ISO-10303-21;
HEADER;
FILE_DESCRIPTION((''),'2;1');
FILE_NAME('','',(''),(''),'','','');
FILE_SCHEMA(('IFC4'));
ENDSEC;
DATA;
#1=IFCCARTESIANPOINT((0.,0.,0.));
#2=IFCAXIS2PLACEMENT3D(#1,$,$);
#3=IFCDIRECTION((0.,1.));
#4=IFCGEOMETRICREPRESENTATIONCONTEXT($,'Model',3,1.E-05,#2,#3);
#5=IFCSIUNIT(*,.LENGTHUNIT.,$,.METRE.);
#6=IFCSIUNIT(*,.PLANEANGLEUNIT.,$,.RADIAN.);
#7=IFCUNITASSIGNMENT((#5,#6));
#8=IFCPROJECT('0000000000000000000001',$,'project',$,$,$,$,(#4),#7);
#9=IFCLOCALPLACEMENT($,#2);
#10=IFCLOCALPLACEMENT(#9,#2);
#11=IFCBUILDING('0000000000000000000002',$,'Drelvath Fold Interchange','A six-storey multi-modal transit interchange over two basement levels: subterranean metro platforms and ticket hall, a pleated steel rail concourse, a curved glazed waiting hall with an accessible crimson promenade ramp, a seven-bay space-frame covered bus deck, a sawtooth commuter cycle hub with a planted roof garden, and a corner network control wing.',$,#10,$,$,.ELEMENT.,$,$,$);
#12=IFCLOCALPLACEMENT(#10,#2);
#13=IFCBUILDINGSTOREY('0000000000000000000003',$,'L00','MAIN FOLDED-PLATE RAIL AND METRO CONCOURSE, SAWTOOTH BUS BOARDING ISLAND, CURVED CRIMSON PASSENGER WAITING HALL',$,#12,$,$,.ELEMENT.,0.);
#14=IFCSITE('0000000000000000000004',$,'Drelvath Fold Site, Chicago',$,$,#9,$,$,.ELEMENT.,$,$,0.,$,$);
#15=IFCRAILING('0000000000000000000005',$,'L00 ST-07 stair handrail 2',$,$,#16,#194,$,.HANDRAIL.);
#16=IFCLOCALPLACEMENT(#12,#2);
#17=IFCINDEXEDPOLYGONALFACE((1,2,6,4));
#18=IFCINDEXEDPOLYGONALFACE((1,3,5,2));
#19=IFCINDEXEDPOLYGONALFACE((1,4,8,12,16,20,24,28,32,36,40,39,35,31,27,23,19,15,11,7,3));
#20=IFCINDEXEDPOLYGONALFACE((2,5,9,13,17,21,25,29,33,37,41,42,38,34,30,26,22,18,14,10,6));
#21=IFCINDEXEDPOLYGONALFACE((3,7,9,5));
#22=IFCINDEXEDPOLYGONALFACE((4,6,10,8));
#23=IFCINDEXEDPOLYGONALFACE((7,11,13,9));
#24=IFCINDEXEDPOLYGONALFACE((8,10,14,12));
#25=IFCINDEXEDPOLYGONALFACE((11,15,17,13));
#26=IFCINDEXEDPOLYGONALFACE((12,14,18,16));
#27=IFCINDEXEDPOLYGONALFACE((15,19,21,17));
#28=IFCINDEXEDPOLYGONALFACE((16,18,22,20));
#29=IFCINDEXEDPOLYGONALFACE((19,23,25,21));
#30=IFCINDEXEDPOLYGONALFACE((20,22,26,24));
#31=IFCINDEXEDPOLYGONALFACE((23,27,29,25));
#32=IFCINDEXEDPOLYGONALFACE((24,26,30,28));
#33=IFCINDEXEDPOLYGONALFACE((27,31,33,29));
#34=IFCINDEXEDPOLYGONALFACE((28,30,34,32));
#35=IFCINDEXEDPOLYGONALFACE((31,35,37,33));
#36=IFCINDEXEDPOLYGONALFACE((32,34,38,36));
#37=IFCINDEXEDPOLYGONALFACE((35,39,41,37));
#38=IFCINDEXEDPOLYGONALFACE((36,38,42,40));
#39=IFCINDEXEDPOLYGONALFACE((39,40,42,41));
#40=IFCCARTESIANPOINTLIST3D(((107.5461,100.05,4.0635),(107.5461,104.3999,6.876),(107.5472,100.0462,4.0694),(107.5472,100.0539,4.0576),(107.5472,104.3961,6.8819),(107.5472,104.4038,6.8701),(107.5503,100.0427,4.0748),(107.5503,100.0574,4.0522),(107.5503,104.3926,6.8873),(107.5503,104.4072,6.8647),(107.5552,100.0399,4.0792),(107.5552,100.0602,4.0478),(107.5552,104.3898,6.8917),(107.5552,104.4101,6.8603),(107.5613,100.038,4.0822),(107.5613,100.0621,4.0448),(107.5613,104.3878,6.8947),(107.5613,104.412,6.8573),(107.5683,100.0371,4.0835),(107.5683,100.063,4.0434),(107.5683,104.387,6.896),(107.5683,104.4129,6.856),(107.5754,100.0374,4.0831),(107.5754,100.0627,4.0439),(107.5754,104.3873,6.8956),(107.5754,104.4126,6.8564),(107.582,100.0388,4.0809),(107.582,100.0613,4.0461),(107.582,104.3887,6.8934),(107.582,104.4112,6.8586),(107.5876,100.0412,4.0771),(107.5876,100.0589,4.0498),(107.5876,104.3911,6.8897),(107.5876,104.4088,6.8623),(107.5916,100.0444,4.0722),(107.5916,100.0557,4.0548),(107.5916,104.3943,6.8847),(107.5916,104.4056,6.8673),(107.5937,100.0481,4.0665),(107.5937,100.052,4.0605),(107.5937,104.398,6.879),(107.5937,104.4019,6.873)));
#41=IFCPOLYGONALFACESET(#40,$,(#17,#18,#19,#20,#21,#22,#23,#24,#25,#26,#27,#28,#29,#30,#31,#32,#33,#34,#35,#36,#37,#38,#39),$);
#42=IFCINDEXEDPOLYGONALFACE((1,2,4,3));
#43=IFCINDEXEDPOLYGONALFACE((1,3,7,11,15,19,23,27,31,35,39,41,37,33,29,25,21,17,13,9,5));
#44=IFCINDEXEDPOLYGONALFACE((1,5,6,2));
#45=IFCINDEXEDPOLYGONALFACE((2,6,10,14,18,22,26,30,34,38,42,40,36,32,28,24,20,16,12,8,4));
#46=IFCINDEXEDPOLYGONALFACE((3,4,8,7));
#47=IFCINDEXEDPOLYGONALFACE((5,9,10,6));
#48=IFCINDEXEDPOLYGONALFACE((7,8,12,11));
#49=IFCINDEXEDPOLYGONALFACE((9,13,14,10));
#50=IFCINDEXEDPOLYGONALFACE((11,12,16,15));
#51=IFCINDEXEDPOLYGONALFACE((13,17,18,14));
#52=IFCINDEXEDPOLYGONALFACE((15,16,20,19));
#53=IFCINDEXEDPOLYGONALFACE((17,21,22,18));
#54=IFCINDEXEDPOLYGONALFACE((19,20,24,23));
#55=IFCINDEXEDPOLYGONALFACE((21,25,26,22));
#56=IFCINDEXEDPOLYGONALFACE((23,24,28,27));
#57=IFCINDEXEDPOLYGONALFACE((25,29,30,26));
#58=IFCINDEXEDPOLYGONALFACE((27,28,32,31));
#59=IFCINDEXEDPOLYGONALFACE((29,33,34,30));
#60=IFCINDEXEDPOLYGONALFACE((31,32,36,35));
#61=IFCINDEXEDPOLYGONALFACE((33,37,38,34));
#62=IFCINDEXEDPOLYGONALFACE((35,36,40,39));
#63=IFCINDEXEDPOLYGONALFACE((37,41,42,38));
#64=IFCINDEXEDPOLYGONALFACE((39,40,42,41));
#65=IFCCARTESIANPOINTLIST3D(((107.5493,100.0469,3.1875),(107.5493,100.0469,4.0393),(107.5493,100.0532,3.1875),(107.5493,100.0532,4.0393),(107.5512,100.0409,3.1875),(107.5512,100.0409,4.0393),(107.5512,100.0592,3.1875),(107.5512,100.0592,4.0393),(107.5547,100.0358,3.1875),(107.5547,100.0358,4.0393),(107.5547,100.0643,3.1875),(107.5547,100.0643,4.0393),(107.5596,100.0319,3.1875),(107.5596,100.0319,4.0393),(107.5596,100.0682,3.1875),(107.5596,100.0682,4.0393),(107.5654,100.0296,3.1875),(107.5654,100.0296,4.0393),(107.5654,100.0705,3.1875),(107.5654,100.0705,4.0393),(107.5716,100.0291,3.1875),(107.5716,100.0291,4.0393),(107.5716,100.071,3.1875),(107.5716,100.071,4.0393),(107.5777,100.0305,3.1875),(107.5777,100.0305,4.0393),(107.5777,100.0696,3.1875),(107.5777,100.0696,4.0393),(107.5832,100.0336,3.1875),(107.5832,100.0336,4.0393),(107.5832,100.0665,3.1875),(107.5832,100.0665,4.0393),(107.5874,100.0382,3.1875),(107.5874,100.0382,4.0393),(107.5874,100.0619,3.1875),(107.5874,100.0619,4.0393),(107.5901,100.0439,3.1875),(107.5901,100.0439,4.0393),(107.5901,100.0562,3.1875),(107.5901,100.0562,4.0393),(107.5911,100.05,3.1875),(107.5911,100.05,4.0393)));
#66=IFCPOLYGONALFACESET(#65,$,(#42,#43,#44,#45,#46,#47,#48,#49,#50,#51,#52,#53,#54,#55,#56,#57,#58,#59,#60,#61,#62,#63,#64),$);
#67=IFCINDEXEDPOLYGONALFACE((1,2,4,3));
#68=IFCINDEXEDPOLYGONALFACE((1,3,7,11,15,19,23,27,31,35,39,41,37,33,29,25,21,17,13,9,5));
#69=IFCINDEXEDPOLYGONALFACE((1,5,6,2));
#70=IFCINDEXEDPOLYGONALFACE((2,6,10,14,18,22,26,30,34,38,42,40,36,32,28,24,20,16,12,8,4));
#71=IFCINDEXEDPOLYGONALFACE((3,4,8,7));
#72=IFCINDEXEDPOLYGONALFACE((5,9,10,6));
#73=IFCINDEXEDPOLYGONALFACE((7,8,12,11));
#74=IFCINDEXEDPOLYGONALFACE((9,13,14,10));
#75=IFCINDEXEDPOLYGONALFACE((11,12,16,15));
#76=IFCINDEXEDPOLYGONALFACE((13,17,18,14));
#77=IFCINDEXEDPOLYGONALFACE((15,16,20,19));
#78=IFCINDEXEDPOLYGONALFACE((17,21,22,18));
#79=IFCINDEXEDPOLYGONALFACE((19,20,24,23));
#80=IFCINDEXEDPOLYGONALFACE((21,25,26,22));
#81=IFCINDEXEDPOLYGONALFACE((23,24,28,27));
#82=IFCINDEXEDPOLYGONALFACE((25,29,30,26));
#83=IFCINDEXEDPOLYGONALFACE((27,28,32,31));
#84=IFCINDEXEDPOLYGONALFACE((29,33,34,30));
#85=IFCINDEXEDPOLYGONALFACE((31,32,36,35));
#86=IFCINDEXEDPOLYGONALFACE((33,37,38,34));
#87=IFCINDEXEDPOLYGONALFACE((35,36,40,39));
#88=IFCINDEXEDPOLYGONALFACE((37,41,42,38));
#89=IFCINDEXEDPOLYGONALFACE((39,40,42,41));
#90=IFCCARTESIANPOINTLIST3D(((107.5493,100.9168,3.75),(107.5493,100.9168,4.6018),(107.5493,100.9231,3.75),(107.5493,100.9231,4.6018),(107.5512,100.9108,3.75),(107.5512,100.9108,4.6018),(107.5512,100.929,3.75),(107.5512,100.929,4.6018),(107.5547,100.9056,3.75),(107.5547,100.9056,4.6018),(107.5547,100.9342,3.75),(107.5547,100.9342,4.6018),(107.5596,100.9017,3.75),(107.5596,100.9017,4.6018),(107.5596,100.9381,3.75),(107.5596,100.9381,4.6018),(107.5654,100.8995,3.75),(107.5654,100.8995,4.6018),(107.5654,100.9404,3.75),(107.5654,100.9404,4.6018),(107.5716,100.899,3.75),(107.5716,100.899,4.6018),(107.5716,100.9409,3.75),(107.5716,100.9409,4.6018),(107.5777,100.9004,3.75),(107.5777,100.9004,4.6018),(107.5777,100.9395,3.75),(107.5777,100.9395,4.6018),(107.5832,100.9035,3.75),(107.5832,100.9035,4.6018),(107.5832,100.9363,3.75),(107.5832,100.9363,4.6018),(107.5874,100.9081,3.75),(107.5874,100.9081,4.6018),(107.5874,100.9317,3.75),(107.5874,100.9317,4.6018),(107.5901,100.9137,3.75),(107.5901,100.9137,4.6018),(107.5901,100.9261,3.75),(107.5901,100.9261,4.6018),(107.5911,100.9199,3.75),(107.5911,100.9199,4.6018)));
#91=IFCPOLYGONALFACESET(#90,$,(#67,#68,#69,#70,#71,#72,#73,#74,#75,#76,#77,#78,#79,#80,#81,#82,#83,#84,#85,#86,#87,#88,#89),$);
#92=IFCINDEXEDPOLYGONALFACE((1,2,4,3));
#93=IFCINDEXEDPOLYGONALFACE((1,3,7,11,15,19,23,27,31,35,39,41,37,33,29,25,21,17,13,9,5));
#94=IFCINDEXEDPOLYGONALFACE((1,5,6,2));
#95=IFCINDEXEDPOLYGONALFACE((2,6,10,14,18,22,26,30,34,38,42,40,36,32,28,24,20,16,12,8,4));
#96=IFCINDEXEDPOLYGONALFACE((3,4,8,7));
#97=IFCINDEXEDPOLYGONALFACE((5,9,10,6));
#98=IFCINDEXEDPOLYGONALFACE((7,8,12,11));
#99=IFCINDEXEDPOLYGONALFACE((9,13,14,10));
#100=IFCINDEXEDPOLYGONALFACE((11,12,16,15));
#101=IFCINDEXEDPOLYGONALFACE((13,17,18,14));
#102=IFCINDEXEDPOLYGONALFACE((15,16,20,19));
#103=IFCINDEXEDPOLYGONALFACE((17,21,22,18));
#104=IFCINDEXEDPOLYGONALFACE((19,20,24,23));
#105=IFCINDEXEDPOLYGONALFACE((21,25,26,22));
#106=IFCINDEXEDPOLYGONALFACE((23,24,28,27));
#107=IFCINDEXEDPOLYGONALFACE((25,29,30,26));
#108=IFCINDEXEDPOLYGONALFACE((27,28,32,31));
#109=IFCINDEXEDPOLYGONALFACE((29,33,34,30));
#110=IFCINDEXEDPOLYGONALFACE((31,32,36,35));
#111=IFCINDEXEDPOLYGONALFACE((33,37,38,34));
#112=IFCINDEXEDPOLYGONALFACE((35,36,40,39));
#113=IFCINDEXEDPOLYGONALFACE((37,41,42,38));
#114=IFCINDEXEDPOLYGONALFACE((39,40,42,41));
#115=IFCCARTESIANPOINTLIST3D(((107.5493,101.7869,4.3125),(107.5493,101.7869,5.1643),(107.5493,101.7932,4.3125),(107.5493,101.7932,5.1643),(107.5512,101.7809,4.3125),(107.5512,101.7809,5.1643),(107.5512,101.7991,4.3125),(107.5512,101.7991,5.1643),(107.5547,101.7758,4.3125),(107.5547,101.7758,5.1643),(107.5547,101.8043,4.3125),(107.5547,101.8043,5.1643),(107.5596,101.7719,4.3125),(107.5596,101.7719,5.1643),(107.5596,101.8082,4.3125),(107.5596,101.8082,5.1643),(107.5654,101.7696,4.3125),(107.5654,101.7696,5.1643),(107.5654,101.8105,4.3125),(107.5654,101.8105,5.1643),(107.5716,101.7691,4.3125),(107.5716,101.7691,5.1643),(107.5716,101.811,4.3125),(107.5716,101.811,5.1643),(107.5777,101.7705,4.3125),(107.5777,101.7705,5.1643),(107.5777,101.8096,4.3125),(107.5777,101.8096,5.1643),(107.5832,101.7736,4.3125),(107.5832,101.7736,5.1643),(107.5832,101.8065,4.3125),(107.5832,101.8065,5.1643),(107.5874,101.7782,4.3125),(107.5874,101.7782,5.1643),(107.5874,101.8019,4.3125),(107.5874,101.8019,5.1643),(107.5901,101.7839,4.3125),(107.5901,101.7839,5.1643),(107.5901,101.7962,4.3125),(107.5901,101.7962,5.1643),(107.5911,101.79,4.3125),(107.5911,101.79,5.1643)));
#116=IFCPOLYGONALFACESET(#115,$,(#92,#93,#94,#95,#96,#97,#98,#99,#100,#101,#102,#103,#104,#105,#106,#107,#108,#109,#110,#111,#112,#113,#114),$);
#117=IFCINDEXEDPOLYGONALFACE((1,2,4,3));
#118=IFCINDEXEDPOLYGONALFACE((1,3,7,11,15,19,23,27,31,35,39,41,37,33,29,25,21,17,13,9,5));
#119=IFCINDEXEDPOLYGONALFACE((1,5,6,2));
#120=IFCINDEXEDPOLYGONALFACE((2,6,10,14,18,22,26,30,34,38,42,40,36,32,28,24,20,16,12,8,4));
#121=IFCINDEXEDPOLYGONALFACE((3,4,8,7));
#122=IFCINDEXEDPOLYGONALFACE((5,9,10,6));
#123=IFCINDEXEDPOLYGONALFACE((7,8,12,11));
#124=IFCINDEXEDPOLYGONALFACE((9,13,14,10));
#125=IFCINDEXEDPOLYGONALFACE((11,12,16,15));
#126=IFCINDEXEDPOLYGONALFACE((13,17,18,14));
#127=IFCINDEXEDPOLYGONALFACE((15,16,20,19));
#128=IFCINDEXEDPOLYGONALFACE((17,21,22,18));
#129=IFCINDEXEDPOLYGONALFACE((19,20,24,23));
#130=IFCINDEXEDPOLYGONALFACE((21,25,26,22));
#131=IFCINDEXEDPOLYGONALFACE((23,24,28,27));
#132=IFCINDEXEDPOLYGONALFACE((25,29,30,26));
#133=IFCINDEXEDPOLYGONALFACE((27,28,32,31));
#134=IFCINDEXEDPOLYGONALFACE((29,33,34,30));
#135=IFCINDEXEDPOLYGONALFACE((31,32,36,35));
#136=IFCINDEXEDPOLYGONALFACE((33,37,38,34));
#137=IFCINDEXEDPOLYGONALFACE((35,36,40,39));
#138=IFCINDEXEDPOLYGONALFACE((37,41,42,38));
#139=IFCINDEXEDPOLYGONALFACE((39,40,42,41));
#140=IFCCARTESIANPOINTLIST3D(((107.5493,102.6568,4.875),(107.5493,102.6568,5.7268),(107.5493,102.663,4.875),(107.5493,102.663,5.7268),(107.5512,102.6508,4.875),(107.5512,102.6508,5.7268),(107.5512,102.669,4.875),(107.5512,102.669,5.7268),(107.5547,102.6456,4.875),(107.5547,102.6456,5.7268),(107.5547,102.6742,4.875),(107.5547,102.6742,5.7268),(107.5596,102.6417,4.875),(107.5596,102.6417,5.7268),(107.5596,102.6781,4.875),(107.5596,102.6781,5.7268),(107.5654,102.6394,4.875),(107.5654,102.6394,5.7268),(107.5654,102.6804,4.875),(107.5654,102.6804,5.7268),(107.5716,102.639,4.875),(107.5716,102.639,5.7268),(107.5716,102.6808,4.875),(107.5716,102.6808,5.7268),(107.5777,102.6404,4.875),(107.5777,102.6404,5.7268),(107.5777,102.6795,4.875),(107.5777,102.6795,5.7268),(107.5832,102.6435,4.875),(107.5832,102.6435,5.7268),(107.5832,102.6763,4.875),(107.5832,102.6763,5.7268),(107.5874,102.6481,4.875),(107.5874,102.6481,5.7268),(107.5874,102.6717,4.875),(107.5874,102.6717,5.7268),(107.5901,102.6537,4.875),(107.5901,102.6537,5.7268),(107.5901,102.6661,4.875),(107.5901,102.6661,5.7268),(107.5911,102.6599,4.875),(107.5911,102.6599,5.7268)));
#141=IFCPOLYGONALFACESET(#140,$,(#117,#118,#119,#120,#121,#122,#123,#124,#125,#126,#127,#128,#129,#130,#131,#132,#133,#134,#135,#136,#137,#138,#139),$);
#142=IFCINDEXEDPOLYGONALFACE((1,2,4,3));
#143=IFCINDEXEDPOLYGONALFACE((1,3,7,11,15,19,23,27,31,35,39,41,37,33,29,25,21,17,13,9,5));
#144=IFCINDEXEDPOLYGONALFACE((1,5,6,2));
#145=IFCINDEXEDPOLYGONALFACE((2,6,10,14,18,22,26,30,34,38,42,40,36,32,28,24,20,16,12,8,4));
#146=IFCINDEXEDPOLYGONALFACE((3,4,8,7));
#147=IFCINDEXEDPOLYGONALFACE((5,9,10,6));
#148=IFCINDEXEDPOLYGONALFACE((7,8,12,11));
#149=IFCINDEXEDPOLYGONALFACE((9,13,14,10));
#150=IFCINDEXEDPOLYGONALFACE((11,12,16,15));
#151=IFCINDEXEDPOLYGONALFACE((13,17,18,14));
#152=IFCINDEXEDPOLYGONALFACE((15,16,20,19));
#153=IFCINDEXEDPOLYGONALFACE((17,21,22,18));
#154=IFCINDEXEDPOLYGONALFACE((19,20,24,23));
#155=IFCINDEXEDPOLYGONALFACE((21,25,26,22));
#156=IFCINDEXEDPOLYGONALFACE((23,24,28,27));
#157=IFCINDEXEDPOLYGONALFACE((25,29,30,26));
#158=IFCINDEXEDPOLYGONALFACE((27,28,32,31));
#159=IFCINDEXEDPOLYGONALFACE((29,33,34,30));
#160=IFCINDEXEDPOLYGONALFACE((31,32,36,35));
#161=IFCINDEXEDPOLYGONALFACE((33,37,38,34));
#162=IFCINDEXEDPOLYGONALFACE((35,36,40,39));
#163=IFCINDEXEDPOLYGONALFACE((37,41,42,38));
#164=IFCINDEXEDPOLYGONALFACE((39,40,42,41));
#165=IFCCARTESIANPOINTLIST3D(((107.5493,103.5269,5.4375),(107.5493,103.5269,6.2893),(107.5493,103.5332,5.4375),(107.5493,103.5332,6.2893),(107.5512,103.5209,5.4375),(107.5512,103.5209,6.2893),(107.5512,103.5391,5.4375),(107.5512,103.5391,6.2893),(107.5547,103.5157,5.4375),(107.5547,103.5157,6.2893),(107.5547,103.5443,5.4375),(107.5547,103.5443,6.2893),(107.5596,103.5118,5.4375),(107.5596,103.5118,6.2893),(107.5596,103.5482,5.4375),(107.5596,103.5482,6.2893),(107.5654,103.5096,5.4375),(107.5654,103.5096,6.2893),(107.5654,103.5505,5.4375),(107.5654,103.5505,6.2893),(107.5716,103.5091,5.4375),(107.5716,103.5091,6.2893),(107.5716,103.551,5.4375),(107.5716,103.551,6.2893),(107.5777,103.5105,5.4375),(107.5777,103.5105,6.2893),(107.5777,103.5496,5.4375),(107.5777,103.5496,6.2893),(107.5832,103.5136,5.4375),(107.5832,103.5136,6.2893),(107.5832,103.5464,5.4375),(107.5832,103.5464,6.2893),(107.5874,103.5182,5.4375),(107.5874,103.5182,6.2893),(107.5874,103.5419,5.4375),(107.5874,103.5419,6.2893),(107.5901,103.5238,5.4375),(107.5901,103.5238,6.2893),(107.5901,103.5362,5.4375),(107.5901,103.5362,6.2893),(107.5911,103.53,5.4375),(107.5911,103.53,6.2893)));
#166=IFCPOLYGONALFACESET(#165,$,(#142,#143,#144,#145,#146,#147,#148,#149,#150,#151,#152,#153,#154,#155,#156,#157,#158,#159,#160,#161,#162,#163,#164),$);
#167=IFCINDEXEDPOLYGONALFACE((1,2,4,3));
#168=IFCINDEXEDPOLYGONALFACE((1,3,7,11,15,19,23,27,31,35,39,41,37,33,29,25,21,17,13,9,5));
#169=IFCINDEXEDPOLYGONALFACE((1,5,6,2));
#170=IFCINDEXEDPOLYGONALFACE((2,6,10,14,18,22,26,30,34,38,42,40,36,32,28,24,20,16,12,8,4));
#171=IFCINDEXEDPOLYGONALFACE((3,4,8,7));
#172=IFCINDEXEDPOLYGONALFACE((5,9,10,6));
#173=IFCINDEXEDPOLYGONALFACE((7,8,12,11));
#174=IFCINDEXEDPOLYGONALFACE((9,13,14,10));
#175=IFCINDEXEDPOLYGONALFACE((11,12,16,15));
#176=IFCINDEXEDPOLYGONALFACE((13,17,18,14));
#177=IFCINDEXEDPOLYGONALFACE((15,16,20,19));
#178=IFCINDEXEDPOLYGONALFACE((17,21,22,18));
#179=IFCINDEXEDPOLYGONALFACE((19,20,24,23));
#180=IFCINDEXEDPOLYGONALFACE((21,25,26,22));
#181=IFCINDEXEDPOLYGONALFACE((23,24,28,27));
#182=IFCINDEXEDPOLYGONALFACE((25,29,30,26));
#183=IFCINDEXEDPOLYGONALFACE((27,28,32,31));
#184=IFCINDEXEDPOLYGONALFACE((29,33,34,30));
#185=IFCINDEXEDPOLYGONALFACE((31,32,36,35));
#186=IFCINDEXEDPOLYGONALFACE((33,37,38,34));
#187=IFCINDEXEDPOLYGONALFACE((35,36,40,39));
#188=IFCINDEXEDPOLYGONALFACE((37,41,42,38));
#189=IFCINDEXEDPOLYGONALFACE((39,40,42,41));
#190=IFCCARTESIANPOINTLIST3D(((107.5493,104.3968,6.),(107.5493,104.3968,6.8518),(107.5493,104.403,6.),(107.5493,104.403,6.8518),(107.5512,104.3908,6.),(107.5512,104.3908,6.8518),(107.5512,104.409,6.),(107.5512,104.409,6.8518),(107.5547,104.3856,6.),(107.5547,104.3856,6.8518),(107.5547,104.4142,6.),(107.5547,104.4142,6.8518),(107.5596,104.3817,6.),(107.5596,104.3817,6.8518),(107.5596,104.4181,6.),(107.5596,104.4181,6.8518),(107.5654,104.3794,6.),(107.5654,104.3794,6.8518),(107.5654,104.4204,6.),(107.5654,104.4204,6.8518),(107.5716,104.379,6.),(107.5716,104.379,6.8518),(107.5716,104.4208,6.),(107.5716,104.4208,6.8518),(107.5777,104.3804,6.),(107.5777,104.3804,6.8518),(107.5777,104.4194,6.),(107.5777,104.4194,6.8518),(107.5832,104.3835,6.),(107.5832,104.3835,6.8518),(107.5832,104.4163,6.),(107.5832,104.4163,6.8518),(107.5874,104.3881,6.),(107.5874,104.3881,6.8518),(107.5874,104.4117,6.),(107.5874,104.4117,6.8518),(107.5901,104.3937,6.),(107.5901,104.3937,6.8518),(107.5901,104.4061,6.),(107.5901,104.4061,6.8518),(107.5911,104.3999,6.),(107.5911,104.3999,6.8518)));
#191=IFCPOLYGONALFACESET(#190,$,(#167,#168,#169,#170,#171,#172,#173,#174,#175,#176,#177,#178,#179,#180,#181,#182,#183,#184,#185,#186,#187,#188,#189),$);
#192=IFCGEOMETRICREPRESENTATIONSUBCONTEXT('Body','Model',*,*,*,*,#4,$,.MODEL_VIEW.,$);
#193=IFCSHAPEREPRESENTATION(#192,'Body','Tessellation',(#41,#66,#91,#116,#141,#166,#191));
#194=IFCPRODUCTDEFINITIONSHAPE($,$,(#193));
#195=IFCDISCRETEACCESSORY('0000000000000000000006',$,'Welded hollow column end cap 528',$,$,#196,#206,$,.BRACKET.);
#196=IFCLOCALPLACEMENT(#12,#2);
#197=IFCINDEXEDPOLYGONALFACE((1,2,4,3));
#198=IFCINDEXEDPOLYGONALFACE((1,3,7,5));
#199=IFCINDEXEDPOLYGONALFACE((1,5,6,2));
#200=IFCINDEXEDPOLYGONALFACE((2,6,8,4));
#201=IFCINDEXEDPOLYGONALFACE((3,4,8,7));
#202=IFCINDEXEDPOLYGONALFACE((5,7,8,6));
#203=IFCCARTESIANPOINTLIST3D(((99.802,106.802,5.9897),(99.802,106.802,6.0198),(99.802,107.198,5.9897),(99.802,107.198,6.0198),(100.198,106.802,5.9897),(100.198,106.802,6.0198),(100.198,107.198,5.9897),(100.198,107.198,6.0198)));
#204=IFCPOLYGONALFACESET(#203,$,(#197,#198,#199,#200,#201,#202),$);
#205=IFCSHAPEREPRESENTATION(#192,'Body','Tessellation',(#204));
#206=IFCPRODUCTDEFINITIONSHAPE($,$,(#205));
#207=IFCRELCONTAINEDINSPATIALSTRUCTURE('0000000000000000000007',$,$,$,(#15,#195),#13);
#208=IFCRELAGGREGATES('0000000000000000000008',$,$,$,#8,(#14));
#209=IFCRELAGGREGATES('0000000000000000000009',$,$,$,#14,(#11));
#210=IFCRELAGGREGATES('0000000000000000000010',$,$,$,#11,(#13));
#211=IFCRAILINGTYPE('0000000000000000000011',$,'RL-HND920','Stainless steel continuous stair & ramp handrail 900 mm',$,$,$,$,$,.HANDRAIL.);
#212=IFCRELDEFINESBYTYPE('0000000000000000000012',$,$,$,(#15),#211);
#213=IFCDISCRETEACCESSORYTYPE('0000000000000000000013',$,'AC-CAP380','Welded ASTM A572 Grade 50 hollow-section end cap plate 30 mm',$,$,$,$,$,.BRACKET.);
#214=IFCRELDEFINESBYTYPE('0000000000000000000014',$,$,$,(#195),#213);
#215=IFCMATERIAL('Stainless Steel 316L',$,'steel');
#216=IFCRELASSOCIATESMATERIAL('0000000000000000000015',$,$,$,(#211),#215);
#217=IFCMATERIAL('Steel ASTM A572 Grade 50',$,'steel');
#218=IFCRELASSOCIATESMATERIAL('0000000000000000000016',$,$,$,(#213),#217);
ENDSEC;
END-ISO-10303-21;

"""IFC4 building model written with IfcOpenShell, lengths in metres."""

from ifc_helpers import new_model, si_unit, direction, frame, origin, origin_2d, place, context, subcontext, project, spatial, rectangle, circle, extrude, material, type_object, element, save


model = new_model("IFC4")

# Units and contexts
model_context = context("Model", 3, precision=1e-05, world=origin(), true_north=direction((0.0, 1.0)))
body_context = subcontext(model_context, "Body", "Model", "MODEL_VIEW")
ifc_project = project(units=[si_unit("LENGTHUNIT", "METRE"), si_unit("PLANEANGLEUNIT", "RADIAN")], contexts=[model_context])

# Site, building, storey
site_placement = place(None, origin())
site = spatial("IfcSite", under=ifc_project, at=site_placement, Name="Drelvath Fold Site, Chicago", CompositionType="ELEMENT", RefElevation=0.0)
building_placement = place(site_placement, origin())
building = spatial("IfcBuilding", under=site, at=building_placement, Name="Drelvath Fold Interchange", Description="A six-storey multi-modal transit interchange over two basement levels: subterranean metro platforms and ticket hall, a pleated steel rail concourse, a curved glazed waiting hall with an accessible crimson promenade ramp, a seven-bay space-frame covered bus deck, a sawtooth commuter cycle hub with a planted roof garden, and a corner network control wing.", CompositionType="ELEMENT")
storey_placement = place(building_placement, origin())
storey = spatial("IfcBuildingStorey", under=building, at=storey_placement, Name="L00", Description="MAIN FOLDED-PLATE RAIL AND METRO CONCOURSE, SAWTOOTH BUS BOARDING ISLAND, CURVED CRIMSON PASSENGER WAITING HALL", CompositionType="ELEMENT", Elevation=0.0)

# Shared definitions
ifc_material_1 = material(Name="Steel ASTM A572 Grade 50", Category="steel")

# Railing
ifc_material_2 = material(Name="Stainless Steel 316L", Category="steel")
railing_type_1 = type_object("IfcRailingType", Name="RL-HND920", Description="Stainless steel continuous stair & ramp handrail 900 mm", PredefinedType="HANDRAIL", material=ifc_material_2)
railing_1_placement = place(storey_placement, frame((107.5701, 100.05, 3.1875)))
element("IfcRailing", 1, at=railing_1_placement, inside=storey, type_object=railing_type_1, Name="L00 ST-07 stair handrail 2", PredefinedType="HANDRAIL", context=body_context, shape_type="SweptSolid", body=[
    extrude(circle(Radius=0.0239, at=origin_2d()), frame((0.0, 0.0, 0.876), z_axis=(0.0, 0.839756, 0.542964), x_axis=(-1.0, 0.0, 0.0)), (0.0, 0.0, 1.0), 5.1799),
    extrude(circle(Radius=0.021, at=origin_2d()), origin(), (0.0, 0.0, 1.0), 0.8518),
    extrude(circle(Radius=0.021, at=origin_2d()), frame((0.0, 0.8699, 0.5625)), (0.0, 0.0, 1.0), 0.8518),
    extrude(circle(Radius=0.021, at=origin_2d()), frame((0.0, 1.74, 1.125)), (0.0, 0.0, 1.0), 0.8518),
    extrude(circle(Radius=0.021, at=origin_2d()), frame((0.0, 2.6099, 1.6875)), (0.0, 0.0, 1.0), 0.8518),
    extrude(circle(Radius=0.021, at=origin_2d()), frame((0.0, 3.48, 2.25)), (0.0, 0.0, 1.0), 0.8518),
    extrude(circle(Radius=0.021, at=origin_2d()), frame((0.0, 4.3499, 2.8125)), (0.0, 0.0, 1.0), 0.8518),
])

# Discrete accessory
discrete_accessory_type = type_object("IfcDiscreteAccessoryType", Name="AC-CAP380", Description="Welded ASTM A572 Grade 50 hollow-section end cap plate 30 mm", PredefinedType="BRACKET", material=ifc_material_1)
discrete_accessory_placement = place(storey_placement, frame((100.0, 107.0, 5.9897), z_axis=(0.0, 0.0, 1.0), x_axis=(1.0, 0.0, 0.0)))
element("IfcDiscreteAccessory", 2, at=discrete_accessory_placement, inside=storey, type_object=discrete_accessory_type, Name="Welded hollow column end cap 528", PredefinedType="BRACKET", context=body_context, shape_type="SweptSolid", body=[
    extrude(rectangle(XDim=0.396, YDim=0.396, at=origin_2d()), origin(), (0.0, 0.0, 1.0), 0.03),
])

save(model, "model.ifc")
